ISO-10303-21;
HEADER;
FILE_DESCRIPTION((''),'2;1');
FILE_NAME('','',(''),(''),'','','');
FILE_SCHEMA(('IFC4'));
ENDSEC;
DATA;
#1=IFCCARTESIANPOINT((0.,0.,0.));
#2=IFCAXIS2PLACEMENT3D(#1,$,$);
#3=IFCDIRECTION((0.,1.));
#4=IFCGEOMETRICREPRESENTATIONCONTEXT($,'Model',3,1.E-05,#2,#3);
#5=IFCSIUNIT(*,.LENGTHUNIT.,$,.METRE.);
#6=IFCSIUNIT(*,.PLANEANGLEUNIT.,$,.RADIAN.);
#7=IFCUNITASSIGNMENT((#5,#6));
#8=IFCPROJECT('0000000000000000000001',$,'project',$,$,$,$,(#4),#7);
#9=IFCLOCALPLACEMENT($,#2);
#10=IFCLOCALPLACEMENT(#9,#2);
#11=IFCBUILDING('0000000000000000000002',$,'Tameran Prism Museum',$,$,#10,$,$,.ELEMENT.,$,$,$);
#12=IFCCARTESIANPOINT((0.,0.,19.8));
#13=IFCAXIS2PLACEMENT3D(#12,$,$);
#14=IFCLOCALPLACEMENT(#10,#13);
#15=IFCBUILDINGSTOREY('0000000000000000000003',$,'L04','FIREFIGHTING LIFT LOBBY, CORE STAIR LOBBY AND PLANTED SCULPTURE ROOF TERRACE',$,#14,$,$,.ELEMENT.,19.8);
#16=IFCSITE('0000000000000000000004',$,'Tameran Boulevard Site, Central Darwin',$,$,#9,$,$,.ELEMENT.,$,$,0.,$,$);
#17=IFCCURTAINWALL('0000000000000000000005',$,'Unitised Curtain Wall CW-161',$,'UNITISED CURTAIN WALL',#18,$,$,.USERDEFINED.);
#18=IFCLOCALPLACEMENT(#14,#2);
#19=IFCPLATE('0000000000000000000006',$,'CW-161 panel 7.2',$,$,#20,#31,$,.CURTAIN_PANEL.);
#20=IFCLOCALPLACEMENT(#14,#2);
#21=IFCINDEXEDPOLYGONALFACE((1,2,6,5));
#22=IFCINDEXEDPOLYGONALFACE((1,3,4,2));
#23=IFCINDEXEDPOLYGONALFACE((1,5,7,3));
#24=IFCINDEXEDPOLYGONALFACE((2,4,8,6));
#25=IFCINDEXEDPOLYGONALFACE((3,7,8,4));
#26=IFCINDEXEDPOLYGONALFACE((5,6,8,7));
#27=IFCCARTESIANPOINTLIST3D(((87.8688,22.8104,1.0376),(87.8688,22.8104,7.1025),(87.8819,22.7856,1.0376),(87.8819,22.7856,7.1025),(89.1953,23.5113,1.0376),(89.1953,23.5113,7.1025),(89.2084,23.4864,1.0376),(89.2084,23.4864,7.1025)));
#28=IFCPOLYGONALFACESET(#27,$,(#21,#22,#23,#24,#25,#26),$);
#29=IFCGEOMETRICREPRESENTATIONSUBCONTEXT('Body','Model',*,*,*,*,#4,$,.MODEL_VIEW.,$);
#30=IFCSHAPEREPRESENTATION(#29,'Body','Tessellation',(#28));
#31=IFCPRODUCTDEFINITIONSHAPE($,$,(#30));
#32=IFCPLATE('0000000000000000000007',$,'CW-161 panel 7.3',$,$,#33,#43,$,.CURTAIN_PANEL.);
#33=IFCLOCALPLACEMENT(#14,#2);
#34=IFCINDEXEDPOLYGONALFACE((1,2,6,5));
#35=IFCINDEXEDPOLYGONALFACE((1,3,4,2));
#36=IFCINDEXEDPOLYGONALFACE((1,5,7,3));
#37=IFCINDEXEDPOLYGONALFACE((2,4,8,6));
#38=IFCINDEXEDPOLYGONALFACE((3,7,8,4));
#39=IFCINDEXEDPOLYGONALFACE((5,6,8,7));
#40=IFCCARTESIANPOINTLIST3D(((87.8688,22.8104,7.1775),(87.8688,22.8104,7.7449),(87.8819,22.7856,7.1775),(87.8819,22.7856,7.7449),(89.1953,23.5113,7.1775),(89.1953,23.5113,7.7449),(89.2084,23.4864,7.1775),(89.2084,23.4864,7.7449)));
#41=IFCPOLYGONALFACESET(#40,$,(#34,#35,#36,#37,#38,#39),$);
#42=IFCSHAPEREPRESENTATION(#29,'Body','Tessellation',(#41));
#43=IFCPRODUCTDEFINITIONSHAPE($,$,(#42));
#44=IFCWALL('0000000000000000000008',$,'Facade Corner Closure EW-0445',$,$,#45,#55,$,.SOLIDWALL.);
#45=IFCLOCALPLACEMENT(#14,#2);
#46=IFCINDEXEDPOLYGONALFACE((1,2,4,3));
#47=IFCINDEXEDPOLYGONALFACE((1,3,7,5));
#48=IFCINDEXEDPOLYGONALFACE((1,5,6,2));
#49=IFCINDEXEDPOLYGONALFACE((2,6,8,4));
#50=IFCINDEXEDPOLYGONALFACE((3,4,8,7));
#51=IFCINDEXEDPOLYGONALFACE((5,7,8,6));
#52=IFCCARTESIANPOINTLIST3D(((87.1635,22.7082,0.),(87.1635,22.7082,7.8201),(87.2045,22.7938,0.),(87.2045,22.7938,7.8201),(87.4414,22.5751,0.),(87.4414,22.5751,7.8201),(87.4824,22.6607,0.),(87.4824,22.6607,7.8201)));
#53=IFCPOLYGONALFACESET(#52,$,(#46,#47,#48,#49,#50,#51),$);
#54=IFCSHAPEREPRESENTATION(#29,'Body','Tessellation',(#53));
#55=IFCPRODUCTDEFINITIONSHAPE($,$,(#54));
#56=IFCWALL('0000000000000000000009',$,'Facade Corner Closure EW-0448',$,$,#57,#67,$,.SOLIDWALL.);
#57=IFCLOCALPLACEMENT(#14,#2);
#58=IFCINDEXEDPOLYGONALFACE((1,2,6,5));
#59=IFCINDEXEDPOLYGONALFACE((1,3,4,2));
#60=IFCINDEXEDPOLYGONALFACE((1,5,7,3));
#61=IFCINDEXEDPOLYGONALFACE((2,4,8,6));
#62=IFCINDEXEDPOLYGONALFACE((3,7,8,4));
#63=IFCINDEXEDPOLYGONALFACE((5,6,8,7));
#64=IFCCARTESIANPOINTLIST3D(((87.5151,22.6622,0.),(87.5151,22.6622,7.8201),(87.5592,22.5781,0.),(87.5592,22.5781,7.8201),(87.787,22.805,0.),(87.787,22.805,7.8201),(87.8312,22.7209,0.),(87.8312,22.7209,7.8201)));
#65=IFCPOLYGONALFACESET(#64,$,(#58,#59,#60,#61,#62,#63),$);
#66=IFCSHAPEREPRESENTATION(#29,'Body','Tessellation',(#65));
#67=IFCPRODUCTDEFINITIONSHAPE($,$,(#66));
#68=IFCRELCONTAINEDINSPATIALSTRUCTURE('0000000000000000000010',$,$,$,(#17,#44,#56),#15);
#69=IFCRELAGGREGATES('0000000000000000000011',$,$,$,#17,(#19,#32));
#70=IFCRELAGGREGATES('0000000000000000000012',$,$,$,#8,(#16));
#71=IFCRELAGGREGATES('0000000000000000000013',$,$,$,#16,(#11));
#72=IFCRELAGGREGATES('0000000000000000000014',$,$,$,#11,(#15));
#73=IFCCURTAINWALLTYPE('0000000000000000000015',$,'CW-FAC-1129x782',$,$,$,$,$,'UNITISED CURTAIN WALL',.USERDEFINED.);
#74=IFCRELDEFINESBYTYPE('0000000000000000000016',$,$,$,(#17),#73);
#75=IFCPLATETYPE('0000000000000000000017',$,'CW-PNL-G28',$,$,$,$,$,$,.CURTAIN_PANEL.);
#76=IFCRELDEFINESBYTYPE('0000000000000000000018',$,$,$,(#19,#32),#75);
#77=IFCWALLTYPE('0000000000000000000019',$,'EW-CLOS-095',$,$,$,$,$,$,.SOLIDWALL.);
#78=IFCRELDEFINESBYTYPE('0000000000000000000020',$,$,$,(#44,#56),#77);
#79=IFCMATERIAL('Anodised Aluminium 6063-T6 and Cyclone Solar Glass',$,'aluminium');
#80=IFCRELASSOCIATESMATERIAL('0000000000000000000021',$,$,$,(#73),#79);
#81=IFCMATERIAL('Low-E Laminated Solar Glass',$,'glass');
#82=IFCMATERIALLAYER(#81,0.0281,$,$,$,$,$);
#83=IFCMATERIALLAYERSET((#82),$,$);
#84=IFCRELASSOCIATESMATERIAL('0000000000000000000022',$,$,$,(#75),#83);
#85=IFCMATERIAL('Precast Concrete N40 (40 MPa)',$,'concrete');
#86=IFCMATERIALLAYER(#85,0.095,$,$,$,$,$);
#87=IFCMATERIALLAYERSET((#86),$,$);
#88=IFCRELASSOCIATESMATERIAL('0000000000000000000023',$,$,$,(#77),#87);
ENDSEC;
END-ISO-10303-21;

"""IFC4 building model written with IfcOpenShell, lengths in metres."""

from ifc_helpers import new_model, si_unit, direction, frame, frame_2d, origin, origin_2d, place, context, subcontext, project, spatial, rectangle, extrude, material, layer, layer_set, type_object, element, aggregate, save


model = new_model("IFC4")

# Units and contexts
model_context = context("Model", 3, precision=1e-05, world=origin(), true_north=direction((0.0, 1.0)))
body_context = subcontext(model_context, "Body", "Model", "MODEL_VIEW")
ifc_project = project(units=[si_unit("LENGTHUNIT", "METRE"), si_unit("PLANEANGLEUNIT", "RADIAN")], contexts=[model_context])

# Site, building, storey
site_placement = place(None, origin())
site = spatial("IfcSite", under=ifc_project, at=site_placement, Name="Tameran Boulevard Site, Central Darwin", CompositionType="ELEMENT", RefElevation=0.0)
building_placement = place(site_placement, origin())
building = spatial("IfcBuilding", under=site, at=building_placement, Name="Tameran Prism Museum", CompositionType="ELEMENT")
storey_placement = place(building_placement, frame((0.0, 0.0, 19.8)))
storey = spatial("IfcBuildingStorey", under=building, at=storey_placement, Name="L04", Description="FIREFIGHTING LIFT LOBBY, CORE STAIR LOBBY AND PLANTED SCULPTURE ROOF TERRACE", CompositionType="ELEMENT", Elevation=19.8)

# Curtain wall
ifc_material_1 = material(Name="Anodised Aluminium 6063-T6 and Cyclone Solar Glass", Category="aluminium")
curtain_wall_type_1 = type_object("IfcCurtainWallType", Name="CW-FAC-1129x782", ElementType="UNITISED CURTAIN WALL", PredefinedType="USERDEFINED", material=ifc_material_1)
curtain_wall_1_placement = place(storey_placement, origin())
curtain_wall_1 = element("IfcCurtainWall", 1, at=curtain_wall_1_placement, inside=storey, type_object=curtain_wall_type_1, Name="Unitised Curtain Wall CW-161", ObjectType="UNITISED CURTAIN WALL", PredefinedType="USERDEFINED")

# Plates
ifc_material_2 = material(Name="Low-E Laminated Solar Glass", Category="glass")
ifc_layer_1 = layer(ifc_material_2, 0.0281)
ifc_layer_set_1 = layer_set([ifc_layer_1])
plate_type = type_object("IfcPlateType", Name="CW-PNL-G28", PredefinedType="CURTAIN_PANEL", material=ifc_layer_set_1)
plate_1_placement = place(storey_placement, frame((88.5386, 23.1484, 1.0376), z_axis=(0.0, 0.0, 1.0), x_axis=(-0.884175, -0.467155, 0.0)))
plate_1 = element("IfcPlate", 2, at=plate_1_placement, type_object=plate_type, Name="CW-161 panel 7.2", PredefinedType="CURTAIN_PANEL", context=body_context, shape_type="SweptSolid", body=[
    extrude(rectangle(XDim=1.5002, YDim=0.0281, at=origin_2d()), origin(), (0.0, 0.0, 1.0), 6.0649),
])
plate_2_placement = place(storey_placement, frame((88.5386, 23.1484, 7.1775), z_axis=(0.0, 0.0, 1.0), x_axis=(-0.884175, -0.467155, 0.0)))
plate_2 = element("IfcPlate", 3, at=plate_2_placement, type_object=plate_type, Name="CW-161 panel 7.3", PredefinedType="CURTAIN_PANEL", context=body_context, shape_type="SweptSolid", body=[
    extrude(rectangle(XDim=1.5002, YDim=0.0281, at=origin_2d()), origin(), (0.0, 0.0, 1.0), 0.5674),
])
aggregate(curtain_wall_1, [plate_1, plate_2])

# Walls
ifc_material_3 = material(Name="Precast Concrete N40 (40 MPa)", Category="concrete")
ifc_layer_2 = layer(ifc_material_3, 0.095)
ifc_layer_set_2 = layer_set([ifc_layer_2])
wall_type = type_object("IfcWallType", Name="EW-CLOS-095", PredefinedType="SOLIDWALL", material=ifc_layer_set_2)
wall_1_placement = place(storey_placement, frame((87.4619, 22.6179, 0.0), z_axis=(0.0, 0.0, 1.0), x_axis=(-0.901906, 0.431932, 0.0)))
element("IfcWall", 4, at=wall_1_placement, inside=storey, type_object=wall_type, Name="Facade Corner Closure EW-0445", PredefinedType="SOLIDWALL", context=body_context, shape_type="SweptSolid", body=[
    extrude(rectangle(XDim=0.3081, YDim=0.095, at=frame_2d((0.1541, 0.0))), origin(), (0.0, 0.0, 1.0), 7.8201),
])
wall_2_placement = place(storey_placement, frame((87.8091, 22.7629, 0.0), z_axis=(0.0, 0.0, 1.0), x_axis=(-0.885349, -0.464927, 0.0)))
element("IfcWall", 5, at=wall_2_placement, inside=storey, type_object=wall_type, Name="Facade Corner Closure EW-0448", PredefinedType="SOLIDWALL", context=body_context, shape_type="SweptSolid", body=[
    extrude(rectangle(XDim=0.3071, YDim=0.095, at=frame_2d((0.1536, 0.0))), origin(), (0.0, 0.0, 1.0), 7.8201),
])

save(model, "model.ifc")
